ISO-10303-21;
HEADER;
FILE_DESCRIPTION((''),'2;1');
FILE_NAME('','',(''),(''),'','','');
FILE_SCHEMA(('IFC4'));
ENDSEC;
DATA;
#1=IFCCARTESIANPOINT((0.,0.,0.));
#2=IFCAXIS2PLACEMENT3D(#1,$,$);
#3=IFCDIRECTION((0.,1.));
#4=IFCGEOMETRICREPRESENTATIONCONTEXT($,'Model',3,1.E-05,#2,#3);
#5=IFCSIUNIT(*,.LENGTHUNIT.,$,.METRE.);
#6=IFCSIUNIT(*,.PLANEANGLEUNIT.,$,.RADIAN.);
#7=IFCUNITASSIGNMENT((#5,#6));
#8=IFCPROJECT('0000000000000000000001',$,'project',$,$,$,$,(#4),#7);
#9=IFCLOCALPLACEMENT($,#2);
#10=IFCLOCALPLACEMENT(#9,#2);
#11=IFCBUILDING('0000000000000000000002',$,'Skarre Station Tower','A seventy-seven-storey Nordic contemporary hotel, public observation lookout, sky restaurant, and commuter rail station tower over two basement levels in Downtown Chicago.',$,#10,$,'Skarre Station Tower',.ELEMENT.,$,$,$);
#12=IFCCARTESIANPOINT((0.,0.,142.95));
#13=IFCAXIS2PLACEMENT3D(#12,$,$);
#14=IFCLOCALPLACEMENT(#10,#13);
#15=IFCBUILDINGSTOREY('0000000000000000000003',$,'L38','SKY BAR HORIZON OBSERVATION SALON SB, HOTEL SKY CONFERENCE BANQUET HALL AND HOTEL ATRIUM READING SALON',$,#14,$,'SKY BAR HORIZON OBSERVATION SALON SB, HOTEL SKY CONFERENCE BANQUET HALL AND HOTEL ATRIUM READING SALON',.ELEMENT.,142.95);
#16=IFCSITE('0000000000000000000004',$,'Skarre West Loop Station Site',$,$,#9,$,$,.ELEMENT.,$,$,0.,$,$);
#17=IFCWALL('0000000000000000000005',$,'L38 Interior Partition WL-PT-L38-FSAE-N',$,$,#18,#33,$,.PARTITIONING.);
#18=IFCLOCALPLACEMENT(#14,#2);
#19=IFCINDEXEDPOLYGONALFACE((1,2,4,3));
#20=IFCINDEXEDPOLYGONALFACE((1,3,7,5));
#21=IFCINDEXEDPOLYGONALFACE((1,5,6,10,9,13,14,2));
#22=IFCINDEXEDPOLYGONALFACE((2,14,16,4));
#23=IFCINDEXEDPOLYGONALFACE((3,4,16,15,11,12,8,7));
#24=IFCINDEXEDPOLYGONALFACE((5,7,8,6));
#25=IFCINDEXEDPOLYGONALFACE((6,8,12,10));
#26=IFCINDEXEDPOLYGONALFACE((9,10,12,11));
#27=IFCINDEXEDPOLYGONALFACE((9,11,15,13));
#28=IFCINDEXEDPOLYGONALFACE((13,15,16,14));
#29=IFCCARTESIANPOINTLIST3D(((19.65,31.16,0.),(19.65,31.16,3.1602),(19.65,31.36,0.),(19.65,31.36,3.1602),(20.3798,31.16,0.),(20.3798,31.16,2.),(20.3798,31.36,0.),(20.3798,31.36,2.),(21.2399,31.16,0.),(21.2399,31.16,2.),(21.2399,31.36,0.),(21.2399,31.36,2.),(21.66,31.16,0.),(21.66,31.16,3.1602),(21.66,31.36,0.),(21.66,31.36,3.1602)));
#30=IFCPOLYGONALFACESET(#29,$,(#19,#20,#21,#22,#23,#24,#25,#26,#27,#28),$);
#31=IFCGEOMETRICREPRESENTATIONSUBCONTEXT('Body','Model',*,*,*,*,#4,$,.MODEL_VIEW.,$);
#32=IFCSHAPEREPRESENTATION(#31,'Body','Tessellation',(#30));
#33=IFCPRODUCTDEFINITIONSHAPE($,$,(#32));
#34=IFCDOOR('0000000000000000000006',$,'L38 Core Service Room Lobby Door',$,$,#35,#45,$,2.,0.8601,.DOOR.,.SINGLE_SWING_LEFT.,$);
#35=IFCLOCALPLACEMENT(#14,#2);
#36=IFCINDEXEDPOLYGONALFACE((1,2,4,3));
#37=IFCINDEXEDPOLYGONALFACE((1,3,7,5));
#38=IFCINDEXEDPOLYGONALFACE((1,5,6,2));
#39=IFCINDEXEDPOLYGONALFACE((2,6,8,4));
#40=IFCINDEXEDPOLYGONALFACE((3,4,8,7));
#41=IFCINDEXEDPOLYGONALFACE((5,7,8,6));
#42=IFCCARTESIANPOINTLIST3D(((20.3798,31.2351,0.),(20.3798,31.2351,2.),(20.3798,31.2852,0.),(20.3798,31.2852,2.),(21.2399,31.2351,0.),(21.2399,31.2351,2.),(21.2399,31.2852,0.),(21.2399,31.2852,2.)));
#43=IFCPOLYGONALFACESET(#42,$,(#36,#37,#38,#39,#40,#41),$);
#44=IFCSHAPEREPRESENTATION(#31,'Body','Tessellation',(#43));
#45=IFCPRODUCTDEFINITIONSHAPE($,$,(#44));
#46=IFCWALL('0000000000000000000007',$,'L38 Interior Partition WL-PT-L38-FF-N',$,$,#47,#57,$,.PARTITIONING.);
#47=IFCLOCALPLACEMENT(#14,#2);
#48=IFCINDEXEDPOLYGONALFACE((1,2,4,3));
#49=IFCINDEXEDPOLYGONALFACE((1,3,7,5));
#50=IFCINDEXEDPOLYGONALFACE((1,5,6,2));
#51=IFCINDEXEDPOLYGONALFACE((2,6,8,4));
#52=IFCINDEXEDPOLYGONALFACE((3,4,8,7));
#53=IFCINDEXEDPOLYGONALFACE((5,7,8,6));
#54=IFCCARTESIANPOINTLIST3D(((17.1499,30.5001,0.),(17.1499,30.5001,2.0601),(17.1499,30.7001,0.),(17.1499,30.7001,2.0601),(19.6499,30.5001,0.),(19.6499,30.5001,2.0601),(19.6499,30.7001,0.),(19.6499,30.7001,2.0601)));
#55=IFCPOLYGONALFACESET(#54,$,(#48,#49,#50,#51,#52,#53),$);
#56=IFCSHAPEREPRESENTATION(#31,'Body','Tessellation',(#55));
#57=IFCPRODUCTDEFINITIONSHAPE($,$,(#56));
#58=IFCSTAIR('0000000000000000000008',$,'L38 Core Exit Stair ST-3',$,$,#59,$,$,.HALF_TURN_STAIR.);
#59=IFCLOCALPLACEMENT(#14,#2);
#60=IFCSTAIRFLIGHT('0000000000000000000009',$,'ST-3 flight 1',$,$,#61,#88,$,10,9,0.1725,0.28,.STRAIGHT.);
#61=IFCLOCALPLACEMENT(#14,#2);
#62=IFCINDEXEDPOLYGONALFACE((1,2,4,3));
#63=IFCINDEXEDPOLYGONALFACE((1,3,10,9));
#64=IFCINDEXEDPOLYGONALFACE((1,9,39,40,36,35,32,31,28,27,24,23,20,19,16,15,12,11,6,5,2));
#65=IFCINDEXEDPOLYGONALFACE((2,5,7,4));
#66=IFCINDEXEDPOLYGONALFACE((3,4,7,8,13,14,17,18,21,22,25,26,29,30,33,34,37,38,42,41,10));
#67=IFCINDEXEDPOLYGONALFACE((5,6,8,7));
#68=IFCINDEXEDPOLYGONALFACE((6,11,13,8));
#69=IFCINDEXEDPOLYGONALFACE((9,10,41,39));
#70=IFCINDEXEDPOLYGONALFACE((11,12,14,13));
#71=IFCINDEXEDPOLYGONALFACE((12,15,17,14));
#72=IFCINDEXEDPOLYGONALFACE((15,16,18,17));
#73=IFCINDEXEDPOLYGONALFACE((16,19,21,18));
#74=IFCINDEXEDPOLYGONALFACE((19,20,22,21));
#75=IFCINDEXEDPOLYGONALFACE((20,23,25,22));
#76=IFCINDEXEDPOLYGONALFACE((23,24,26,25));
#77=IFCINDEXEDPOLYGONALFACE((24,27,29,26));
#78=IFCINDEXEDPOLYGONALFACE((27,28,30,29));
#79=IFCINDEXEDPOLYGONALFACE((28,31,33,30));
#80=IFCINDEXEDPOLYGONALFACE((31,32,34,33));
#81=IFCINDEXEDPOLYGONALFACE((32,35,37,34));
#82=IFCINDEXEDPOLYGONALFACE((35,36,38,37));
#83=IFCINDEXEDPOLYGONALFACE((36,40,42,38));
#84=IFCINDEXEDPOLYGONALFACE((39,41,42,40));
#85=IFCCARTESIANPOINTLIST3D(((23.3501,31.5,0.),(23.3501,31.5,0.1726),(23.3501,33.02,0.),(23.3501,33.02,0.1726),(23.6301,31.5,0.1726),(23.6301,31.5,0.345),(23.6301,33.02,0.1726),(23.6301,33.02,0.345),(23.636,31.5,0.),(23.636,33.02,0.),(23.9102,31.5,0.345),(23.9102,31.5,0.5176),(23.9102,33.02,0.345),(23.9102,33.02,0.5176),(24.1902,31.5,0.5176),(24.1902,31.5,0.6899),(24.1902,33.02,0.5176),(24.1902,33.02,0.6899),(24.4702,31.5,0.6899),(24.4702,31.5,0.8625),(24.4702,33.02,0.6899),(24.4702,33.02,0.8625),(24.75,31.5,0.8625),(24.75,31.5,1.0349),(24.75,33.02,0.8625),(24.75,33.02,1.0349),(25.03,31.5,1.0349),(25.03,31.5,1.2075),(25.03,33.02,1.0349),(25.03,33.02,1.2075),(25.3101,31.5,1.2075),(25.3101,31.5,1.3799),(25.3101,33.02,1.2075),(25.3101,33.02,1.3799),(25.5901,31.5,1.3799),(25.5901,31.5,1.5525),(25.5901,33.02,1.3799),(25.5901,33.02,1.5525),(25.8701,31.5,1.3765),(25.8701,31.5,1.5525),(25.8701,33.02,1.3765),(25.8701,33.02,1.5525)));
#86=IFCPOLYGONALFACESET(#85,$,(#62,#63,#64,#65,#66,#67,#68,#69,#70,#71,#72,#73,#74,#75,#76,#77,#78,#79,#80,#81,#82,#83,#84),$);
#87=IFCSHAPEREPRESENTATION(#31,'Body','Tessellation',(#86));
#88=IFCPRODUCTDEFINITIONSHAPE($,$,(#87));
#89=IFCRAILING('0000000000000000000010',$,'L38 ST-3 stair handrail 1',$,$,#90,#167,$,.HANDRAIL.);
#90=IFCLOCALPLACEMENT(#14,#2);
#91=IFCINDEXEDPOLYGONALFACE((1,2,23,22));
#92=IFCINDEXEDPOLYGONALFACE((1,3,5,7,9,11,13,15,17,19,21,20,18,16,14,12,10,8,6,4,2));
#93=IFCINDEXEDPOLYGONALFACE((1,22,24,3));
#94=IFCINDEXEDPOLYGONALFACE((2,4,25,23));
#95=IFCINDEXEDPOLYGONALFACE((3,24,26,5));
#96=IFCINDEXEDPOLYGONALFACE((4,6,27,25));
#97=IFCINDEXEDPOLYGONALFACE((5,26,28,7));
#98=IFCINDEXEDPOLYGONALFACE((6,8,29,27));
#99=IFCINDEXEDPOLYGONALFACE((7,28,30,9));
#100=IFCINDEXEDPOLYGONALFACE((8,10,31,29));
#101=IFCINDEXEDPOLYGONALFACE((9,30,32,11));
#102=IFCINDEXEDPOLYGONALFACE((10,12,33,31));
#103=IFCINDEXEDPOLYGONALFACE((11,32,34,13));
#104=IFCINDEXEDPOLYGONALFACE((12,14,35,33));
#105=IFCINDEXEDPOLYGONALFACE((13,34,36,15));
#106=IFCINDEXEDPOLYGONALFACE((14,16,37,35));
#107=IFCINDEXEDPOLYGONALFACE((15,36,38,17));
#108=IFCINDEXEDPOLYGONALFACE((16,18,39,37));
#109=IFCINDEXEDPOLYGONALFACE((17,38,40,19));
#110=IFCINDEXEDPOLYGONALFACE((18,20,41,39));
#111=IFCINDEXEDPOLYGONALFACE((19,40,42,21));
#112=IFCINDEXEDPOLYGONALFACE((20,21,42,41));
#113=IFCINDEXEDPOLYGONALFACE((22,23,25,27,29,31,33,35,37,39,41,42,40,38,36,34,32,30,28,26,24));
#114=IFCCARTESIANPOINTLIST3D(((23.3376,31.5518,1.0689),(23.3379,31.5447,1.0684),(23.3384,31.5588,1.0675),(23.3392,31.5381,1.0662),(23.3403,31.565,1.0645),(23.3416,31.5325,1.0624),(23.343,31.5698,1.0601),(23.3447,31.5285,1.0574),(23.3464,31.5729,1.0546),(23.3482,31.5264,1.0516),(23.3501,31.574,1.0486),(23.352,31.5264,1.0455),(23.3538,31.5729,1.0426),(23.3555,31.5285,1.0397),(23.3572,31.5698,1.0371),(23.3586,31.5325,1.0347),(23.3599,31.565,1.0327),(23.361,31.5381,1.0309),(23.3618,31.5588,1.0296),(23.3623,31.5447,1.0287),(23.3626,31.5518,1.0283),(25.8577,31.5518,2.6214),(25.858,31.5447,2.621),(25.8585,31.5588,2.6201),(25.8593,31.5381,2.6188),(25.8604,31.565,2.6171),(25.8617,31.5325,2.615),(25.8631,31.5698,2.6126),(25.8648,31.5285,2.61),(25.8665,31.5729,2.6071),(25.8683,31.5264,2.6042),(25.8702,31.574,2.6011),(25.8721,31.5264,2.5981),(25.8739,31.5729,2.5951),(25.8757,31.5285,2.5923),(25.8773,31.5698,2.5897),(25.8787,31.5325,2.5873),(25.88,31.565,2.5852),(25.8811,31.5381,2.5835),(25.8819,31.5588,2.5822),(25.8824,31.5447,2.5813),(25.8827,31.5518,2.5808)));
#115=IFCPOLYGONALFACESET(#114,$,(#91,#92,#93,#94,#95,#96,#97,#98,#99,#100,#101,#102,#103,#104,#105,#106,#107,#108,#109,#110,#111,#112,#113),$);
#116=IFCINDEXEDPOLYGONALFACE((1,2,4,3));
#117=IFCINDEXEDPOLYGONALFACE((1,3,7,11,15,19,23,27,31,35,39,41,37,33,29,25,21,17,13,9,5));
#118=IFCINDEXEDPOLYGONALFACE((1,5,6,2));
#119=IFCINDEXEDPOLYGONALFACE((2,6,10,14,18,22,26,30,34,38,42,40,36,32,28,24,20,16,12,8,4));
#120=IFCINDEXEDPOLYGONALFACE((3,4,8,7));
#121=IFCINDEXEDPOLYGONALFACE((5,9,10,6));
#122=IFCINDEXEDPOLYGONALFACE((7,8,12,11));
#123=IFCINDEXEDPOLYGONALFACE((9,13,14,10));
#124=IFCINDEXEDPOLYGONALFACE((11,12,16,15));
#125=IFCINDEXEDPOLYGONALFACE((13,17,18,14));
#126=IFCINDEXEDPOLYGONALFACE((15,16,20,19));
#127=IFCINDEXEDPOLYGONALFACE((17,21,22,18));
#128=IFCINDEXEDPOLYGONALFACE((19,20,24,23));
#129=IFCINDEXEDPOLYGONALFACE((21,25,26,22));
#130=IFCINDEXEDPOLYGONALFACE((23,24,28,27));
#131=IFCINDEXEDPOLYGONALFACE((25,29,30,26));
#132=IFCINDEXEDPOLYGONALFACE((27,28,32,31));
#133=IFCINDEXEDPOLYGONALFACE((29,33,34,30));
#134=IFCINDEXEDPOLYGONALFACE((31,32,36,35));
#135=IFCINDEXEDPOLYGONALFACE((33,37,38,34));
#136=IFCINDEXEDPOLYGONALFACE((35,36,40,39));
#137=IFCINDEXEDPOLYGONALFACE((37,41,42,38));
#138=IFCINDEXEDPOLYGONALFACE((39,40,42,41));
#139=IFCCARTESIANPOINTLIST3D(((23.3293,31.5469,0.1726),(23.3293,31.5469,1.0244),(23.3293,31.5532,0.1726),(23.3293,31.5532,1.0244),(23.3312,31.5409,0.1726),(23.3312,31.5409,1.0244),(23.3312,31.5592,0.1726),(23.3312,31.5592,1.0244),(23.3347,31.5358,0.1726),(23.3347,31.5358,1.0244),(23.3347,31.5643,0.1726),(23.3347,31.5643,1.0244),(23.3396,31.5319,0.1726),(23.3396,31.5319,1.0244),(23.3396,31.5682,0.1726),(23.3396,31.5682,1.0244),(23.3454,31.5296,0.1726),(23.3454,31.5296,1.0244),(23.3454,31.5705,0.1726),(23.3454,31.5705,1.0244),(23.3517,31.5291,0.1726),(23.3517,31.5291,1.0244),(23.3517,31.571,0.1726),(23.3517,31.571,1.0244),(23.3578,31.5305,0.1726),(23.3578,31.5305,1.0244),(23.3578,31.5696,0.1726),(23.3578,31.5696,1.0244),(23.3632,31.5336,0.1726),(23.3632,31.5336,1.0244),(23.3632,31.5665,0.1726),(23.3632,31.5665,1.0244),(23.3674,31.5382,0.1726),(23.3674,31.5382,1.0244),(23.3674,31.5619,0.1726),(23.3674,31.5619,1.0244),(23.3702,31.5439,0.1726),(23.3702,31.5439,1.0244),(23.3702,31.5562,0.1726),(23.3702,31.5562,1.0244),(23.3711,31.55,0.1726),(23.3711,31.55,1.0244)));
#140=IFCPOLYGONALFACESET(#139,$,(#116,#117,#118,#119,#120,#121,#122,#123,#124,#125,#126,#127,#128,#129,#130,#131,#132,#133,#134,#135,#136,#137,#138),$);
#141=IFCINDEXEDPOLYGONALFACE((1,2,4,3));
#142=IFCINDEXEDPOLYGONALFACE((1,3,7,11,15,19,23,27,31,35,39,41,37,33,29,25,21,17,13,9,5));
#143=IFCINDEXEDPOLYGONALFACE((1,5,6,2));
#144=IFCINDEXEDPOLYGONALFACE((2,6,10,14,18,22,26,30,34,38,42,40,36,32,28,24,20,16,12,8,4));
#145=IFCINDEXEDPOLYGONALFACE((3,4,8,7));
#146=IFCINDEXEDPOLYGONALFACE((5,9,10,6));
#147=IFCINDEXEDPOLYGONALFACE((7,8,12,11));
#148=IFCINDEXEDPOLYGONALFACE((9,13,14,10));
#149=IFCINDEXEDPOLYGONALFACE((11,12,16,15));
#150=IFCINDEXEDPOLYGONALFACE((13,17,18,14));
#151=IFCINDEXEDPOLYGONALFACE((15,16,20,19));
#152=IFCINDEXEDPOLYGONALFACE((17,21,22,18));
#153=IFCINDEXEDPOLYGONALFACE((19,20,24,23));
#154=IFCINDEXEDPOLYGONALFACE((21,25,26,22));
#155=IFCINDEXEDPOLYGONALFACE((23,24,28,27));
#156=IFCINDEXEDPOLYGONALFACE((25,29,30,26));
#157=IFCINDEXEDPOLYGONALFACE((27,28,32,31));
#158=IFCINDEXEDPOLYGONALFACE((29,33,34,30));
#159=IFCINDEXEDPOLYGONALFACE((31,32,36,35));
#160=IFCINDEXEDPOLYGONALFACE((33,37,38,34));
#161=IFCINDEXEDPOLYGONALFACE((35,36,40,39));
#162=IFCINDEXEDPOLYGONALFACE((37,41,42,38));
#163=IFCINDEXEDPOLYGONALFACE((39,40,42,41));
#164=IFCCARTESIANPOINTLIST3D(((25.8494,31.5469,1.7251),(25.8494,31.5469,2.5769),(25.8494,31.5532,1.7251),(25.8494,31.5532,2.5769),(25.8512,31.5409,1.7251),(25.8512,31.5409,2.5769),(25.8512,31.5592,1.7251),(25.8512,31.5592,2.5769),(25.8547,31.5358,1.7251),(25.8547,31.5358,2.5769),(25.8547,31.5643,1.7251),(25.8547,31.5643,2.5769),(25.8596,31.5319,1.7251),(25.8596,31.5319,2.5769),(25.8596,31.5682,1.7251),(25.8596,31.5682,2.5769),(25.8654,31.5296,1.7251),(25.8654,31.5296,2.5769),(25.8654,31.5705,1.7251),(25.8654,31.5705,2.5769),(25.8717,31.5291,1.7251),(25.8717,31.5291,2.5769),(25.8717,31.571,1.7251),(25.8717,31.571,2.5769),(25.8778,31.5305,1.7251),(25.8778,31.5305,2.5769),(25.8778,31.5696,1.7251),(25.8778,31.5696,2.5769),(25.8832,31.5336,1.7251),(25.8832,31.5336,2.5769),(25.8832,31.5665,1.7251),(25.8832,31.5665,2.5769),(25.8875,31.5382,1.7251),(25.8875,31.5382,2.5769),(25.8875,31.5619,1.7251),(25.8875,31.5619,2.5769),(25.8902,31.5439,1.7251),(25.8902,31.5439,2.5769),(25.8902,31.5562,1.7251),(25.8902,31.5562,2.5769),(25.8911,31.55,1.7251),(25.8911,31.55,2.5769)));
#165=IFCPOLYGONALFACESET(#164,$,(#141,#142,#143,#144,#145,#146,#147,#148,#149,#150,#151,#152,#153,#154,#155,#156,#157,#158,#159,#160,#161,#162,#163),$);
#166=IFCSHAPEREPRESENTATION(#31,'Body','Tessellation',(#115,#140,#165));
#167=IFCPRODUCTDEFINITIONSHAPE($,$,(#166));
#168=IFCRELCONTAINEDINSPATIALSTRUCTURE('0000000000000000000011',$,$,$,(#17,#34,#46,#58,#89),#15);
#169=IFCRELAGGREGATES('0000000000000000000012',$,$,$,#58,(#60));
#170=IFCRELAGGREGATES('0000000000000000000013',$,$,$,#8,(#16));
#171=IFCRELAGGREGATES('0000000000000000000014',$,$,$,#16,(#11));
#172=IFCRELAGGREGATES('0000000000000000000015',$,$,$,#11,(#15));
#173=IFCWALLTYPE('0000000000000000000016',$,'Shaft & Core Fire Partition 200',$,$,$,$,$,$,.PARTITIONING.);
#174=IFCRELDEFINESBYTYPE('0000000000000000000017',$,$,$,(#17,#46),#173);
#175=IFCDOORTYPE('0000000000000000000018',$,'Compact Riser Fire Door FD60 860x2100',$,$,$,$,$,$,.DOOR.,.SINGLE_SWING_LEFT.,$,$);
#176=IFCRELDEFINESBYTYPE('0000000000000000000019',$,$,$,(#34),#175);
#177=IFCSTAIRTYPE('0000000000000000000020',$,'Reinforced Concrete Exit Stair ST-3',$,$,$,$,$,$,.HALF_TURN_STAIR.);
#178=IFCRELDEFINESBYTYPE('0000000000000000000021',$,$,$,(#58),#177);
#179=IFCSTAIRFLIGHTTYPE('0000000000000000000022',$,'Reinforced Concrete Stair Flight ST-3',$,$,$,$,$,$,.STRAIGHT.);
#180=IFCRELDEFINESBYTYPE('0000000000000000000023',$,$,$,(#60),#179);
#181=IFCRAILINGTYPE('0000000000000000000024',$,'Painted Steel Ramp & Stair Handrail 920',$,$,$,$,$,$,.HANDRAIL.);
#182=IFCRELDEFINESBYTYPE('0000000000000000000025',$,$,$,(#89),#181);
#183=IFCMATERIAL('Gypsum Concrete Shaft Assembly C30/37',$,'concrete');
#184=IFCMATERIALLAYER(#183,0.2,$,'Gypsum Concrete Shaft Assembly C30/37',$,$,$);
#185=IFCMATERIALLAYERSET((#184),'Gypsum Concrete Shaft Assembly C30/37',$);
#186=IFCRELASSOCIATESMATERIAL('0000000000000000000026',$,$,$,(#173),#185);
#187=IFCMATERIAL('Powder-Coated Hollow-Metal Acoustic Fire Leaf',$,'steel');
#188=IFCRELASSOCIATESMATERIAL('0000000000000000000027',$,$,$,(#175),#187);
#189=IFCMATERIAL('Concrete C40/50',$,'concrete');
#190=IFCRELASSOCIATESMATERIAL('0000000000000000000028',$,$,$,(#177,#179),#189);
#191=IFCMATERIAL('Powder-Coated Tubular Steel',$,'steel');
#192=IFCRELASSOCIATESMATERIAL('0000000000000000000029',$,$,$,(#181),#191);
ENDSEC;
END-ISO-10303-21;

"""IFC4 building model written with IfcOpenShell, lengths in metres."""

from ifc_helpers import new_model, si_unit, direction, frame, frame_2d, origin, origin_2d, place, context, subcontext, project, spatial, polyline, rectangle, circle, outline, extrude, material, layer, layer_set, type_object, element, fill, aggregate, save


model = new_model("IFC4")

# Units and contexts
model_context = context("Model", 3, precision=1e-05, world=origin(), true_north=direction((0.0, 1.0)))
body_context = subcontext(model_context, "Body", "Model", "MODEL_VIEW")
ifc_project = project(units=[si_unit("LENGTHUNIT", "METRE"), si_unit("PLANEANGLEUNIT", "RADIAN")], contexts=[model_context])

# Site, building, storey
site_placement = place(None, origin())
site = spatial("IfcSite", under=ifc_project, at=site_placement, Name="Skarre West Loop Station Site", CompositionType="ELEMENT", RefElevation=0.0)
building_placement = place(site_placement, origin())
building = spatial("IfcBuilding", under=site, at=building_placement, Name="Skarre Station Tower", Description="A seventy-seven-storey Nordic contemporary hotel, public observation lookout, sky restaurant, and commuter rail station tower over two basement levels in Downtown Chicago.", LongName="Skarre Station Tower", CompositionType="ELEMENT")
storey_placement = place(building_placement, frame((0.0, 0.0, 142.95)))
storey = spatial("IfcBuildingStorey", under=building, at=storey_placement, Name="L38", Description="SKY BAR HORIZON OBSERVATION SALON SB, HOTEL SKY CONFERENCE BANQUET HALL AND HOTEL ATRIUM READING SALON", LongName="SKY BAR HORIZON OBSERVATION SALON SB, HOTEL SKY CONFERENCE BANQUET HALL AND HOTEL ATRIUM READING SALON", CompositionType="ELEMENT", Elevation=142.95)

# Wall, opening, door
ifc_material_1 = material(Name="Gypsum Concrete Shaft Assembly C30/37", Category="concrete")
ifc_layer_1 = layer(ifc_material_1, 0.2, Name="Gypsum Concrete Shaft Assembly C30/37")
ifc_layer_set_1 = layer_set([ifc_layer_1], Name="Gypsum Concrete Shaft Assembly C30/37")
wall_type_1 = type_object("IfcWallType", Name="Shaft & Core Fire Partition 200", PredefinedType="PARTITIONING", material=ifc_layer_set_1)
wall_1_placement = place(storey_placement, frame((21.6599, 31.26, 0.0), z_axis=(0.0, 0.0, 1.0), x_axis=(-1.0, 0.0, 0.0)))
wall_1 = element("IfcWall", 1, at=wall_1_placement, inside=storey, type_object=wall_type_1, Name="L38 Interior Partition WL-PT-L38-FSAE-N", PredefinedType="PARTITIONING", context=body_context, shape_type="SweptSolid", body=[
    extrude(rectangle(XDim=2.01, YDim=0.2, at=frame_2d((1.0049, 0.0))), origin(), (0.0, 0.0, 1.0), 3.1602),
])
opening_1_placement = place(wall_1_placement, frame((0.4199, 0.0, 0.0)))
opening_1 = element("IfcOpeningElement", 2, at=opening_1_placement, cuts=wall_1, PredefinedType="OPENING", context=body_context, shape_type="SweptSolid", body=[
    extrude(rectangle(XDim=0.8601, YDim=2.0, at=frame_2d((0.4302, 1.0))), frame((0.0, 0.1099, 0.0), z_axis=(0.0, -1.0, 0.0), x_axis=(1.0, 0.0, 0.0)), (0.0, 0.0, 1.0), 0.22),
])
ifc_material_2 = material(Name="Powder-Coated Hollow-Metal Acoustic Fire Leaf", Category="steel")
door_type_1 = type_object("IfcDoorType", Name="Compact Riser Fire Door FD60 860x2100", OperationType="SINGLE_SWING_LEFT", PredefinedType="DOOR", material=ifc_material_2)
door_1_placement = place(opening_1_placement, origin())
door_1 = element("IfcDoor", 3, at=door_1_placement, inside=storey, type_object=door_type_1, Name="L38 Core Service Room Lobby Door", OperationType="SINGLE_SWING_LEFT", OverallHeight=2.0, OverallWidth=0.8601, PredefinedType="DOOR", context=body_context, shape_type="SweptSolid", body=[
    extrude(rectangle(XDim=0.8601, YDim=2.0, at=frame_2d((0.4302, 1.0))), frame((0.0, 0.0249, 0.0), z_axis=(0.0, -1.0, 0.0), x_axis=(1.0, 0.0, 0.0)), (0.0, 0.0, 1.0), 0.05),
])
fill(opening_1, door_1)

# Wall
wall_2_placement = place(storey_placement, frame((19.6499, 30.6001, 0.0), z_axis=(0.0, 0.0, 1.0), x_axis=(-1.0, 0.0, 0.0)))
element("IfcWall", 4, at=wall_2_placement, inside=storey, type_object=wall_type_1, Name="L38 Interior Partition WL-PT-L38-FF-N", PredefinedType="PARTITIONING", context=body_context, shape_type="SweptSolid", body=[
    extrude(rectangle(XDim=2.5, YDim=0.2, at=frame_2d((1.25, 0.0))), origin(), (0.0, 0.0, 1.0), 2.0601),
])

# Stair, stair flight
ifc_material_3 = material(Name="Concrete C40/50", Category="concrete")
stair_type = type_object("IfcStairType", Name="Reinforced Concrete Exit Stair ST-3", PredefinedType="HALF_TURN_STAIR", material=ifc_material_3)
stair_placement = place(storey_placement, origin())
stair = element("IfcStair", 5, at=stair_placement, inside=storey, type_object=stair_type, Name="L38 Core Exit Stair ST-3", PredefinedType="HALF_TURN_STAIR")
stair_flight_type = type_object("IfcStairFlightType", Name="Reinforced Concrete Stair Flight ST-3", PredefinedType="STRAIGHT", material=ifc_material_3)
stair_flight_placement = place(storey_placement, frame((23.3501, 32.26, 0.0), z_axis=(0.0, 0.0, 1.0), x_axis=(1.0, 0.0, 0.0)))
stair_flight = element("IfcStairFlight", 6, at=stair_flight_placement, type_object=stair_flight_type, Name="ST-3 flight 1", NumberOfRisers=10, NumberOfTreads=9, PredefinedType="STRAIGHT", RiserHeight=0.1725, TreadLength=0.28, context=body_context, shape_type="SweptSolid", body=[
    extrude(outline(polyline([(0.0, 0.0), (0.0, 0.1726), (0.28, 0.1726), (0.28, 0.345), (0.5601, 0.345), (0.5601, 0.5176), (0.8401, 0.5176), (0.8401, 0.6899), (1.1201, 0.6899), (1.1201, 0.8625), (1.3999, 0.8625), (1.3999, 1.0349), (1.6799, 1.0349), (1.6799, 1.2075), (1.96, 1.2075), (1.96, 1.3799), (2.24, 1.3799), (2.24, 1.5525), (2.52, 1.5525), (2.52, 1.7251), (2.52, 1.3765), (0.2859, 0.0), (0.0, 0.0)])), frame((0.0, 0.76, 0.0), z_axis=(0.0, -1.0, 0.0), x_axis=(1.0, 0.0, 0.0)), (0.0, 0.0, 1.0), 1.52),
])
aggregate(stair, [stair_flight])

# Railing
ifc_material_4 = material(Name="Powder-Coated Tubular Steel", Category="steel")
railing_type_1 = type_object("IfcRailingType", Name="Painted Steel Ramp & Stair Handrail 920", PredefinedType="HANDRAIL", material=ifc_material_4)
railing_1_placement = place(storey_placement, frame((23.3501, 31.55, 0.1726)))
element("IfcRailing", 7, at=railing_1_placement, inside=storey, type_object=railing_type_1, Name="L38 ST-3 stair handrail 1", PredefinedType="HANDRAIL", context=body_context, shape_type="SweptSolid", body=[
    extrude(circle(Radius=0.0239, at=origin_2d()), frame((0.0, 0.0, 0.876), z_axis=(0.8514, 0.0, 0.524516), x_axis=(0.0, 1.0, 0.0)), (0.0, 0.0, 1.0), 2.96),
    extrude(circle(Radius=0.021, at=origin_2d()), origin(), (0.0, 0.0, 1.0), 0.8518),
    extrude(circle(Radius=0.021, at=origin_2d()), frame((2.52, 0.0, 1.5525)), (0.0, 0.0, 1.0), 0.8518),
])

save(model, "model.ifc")
